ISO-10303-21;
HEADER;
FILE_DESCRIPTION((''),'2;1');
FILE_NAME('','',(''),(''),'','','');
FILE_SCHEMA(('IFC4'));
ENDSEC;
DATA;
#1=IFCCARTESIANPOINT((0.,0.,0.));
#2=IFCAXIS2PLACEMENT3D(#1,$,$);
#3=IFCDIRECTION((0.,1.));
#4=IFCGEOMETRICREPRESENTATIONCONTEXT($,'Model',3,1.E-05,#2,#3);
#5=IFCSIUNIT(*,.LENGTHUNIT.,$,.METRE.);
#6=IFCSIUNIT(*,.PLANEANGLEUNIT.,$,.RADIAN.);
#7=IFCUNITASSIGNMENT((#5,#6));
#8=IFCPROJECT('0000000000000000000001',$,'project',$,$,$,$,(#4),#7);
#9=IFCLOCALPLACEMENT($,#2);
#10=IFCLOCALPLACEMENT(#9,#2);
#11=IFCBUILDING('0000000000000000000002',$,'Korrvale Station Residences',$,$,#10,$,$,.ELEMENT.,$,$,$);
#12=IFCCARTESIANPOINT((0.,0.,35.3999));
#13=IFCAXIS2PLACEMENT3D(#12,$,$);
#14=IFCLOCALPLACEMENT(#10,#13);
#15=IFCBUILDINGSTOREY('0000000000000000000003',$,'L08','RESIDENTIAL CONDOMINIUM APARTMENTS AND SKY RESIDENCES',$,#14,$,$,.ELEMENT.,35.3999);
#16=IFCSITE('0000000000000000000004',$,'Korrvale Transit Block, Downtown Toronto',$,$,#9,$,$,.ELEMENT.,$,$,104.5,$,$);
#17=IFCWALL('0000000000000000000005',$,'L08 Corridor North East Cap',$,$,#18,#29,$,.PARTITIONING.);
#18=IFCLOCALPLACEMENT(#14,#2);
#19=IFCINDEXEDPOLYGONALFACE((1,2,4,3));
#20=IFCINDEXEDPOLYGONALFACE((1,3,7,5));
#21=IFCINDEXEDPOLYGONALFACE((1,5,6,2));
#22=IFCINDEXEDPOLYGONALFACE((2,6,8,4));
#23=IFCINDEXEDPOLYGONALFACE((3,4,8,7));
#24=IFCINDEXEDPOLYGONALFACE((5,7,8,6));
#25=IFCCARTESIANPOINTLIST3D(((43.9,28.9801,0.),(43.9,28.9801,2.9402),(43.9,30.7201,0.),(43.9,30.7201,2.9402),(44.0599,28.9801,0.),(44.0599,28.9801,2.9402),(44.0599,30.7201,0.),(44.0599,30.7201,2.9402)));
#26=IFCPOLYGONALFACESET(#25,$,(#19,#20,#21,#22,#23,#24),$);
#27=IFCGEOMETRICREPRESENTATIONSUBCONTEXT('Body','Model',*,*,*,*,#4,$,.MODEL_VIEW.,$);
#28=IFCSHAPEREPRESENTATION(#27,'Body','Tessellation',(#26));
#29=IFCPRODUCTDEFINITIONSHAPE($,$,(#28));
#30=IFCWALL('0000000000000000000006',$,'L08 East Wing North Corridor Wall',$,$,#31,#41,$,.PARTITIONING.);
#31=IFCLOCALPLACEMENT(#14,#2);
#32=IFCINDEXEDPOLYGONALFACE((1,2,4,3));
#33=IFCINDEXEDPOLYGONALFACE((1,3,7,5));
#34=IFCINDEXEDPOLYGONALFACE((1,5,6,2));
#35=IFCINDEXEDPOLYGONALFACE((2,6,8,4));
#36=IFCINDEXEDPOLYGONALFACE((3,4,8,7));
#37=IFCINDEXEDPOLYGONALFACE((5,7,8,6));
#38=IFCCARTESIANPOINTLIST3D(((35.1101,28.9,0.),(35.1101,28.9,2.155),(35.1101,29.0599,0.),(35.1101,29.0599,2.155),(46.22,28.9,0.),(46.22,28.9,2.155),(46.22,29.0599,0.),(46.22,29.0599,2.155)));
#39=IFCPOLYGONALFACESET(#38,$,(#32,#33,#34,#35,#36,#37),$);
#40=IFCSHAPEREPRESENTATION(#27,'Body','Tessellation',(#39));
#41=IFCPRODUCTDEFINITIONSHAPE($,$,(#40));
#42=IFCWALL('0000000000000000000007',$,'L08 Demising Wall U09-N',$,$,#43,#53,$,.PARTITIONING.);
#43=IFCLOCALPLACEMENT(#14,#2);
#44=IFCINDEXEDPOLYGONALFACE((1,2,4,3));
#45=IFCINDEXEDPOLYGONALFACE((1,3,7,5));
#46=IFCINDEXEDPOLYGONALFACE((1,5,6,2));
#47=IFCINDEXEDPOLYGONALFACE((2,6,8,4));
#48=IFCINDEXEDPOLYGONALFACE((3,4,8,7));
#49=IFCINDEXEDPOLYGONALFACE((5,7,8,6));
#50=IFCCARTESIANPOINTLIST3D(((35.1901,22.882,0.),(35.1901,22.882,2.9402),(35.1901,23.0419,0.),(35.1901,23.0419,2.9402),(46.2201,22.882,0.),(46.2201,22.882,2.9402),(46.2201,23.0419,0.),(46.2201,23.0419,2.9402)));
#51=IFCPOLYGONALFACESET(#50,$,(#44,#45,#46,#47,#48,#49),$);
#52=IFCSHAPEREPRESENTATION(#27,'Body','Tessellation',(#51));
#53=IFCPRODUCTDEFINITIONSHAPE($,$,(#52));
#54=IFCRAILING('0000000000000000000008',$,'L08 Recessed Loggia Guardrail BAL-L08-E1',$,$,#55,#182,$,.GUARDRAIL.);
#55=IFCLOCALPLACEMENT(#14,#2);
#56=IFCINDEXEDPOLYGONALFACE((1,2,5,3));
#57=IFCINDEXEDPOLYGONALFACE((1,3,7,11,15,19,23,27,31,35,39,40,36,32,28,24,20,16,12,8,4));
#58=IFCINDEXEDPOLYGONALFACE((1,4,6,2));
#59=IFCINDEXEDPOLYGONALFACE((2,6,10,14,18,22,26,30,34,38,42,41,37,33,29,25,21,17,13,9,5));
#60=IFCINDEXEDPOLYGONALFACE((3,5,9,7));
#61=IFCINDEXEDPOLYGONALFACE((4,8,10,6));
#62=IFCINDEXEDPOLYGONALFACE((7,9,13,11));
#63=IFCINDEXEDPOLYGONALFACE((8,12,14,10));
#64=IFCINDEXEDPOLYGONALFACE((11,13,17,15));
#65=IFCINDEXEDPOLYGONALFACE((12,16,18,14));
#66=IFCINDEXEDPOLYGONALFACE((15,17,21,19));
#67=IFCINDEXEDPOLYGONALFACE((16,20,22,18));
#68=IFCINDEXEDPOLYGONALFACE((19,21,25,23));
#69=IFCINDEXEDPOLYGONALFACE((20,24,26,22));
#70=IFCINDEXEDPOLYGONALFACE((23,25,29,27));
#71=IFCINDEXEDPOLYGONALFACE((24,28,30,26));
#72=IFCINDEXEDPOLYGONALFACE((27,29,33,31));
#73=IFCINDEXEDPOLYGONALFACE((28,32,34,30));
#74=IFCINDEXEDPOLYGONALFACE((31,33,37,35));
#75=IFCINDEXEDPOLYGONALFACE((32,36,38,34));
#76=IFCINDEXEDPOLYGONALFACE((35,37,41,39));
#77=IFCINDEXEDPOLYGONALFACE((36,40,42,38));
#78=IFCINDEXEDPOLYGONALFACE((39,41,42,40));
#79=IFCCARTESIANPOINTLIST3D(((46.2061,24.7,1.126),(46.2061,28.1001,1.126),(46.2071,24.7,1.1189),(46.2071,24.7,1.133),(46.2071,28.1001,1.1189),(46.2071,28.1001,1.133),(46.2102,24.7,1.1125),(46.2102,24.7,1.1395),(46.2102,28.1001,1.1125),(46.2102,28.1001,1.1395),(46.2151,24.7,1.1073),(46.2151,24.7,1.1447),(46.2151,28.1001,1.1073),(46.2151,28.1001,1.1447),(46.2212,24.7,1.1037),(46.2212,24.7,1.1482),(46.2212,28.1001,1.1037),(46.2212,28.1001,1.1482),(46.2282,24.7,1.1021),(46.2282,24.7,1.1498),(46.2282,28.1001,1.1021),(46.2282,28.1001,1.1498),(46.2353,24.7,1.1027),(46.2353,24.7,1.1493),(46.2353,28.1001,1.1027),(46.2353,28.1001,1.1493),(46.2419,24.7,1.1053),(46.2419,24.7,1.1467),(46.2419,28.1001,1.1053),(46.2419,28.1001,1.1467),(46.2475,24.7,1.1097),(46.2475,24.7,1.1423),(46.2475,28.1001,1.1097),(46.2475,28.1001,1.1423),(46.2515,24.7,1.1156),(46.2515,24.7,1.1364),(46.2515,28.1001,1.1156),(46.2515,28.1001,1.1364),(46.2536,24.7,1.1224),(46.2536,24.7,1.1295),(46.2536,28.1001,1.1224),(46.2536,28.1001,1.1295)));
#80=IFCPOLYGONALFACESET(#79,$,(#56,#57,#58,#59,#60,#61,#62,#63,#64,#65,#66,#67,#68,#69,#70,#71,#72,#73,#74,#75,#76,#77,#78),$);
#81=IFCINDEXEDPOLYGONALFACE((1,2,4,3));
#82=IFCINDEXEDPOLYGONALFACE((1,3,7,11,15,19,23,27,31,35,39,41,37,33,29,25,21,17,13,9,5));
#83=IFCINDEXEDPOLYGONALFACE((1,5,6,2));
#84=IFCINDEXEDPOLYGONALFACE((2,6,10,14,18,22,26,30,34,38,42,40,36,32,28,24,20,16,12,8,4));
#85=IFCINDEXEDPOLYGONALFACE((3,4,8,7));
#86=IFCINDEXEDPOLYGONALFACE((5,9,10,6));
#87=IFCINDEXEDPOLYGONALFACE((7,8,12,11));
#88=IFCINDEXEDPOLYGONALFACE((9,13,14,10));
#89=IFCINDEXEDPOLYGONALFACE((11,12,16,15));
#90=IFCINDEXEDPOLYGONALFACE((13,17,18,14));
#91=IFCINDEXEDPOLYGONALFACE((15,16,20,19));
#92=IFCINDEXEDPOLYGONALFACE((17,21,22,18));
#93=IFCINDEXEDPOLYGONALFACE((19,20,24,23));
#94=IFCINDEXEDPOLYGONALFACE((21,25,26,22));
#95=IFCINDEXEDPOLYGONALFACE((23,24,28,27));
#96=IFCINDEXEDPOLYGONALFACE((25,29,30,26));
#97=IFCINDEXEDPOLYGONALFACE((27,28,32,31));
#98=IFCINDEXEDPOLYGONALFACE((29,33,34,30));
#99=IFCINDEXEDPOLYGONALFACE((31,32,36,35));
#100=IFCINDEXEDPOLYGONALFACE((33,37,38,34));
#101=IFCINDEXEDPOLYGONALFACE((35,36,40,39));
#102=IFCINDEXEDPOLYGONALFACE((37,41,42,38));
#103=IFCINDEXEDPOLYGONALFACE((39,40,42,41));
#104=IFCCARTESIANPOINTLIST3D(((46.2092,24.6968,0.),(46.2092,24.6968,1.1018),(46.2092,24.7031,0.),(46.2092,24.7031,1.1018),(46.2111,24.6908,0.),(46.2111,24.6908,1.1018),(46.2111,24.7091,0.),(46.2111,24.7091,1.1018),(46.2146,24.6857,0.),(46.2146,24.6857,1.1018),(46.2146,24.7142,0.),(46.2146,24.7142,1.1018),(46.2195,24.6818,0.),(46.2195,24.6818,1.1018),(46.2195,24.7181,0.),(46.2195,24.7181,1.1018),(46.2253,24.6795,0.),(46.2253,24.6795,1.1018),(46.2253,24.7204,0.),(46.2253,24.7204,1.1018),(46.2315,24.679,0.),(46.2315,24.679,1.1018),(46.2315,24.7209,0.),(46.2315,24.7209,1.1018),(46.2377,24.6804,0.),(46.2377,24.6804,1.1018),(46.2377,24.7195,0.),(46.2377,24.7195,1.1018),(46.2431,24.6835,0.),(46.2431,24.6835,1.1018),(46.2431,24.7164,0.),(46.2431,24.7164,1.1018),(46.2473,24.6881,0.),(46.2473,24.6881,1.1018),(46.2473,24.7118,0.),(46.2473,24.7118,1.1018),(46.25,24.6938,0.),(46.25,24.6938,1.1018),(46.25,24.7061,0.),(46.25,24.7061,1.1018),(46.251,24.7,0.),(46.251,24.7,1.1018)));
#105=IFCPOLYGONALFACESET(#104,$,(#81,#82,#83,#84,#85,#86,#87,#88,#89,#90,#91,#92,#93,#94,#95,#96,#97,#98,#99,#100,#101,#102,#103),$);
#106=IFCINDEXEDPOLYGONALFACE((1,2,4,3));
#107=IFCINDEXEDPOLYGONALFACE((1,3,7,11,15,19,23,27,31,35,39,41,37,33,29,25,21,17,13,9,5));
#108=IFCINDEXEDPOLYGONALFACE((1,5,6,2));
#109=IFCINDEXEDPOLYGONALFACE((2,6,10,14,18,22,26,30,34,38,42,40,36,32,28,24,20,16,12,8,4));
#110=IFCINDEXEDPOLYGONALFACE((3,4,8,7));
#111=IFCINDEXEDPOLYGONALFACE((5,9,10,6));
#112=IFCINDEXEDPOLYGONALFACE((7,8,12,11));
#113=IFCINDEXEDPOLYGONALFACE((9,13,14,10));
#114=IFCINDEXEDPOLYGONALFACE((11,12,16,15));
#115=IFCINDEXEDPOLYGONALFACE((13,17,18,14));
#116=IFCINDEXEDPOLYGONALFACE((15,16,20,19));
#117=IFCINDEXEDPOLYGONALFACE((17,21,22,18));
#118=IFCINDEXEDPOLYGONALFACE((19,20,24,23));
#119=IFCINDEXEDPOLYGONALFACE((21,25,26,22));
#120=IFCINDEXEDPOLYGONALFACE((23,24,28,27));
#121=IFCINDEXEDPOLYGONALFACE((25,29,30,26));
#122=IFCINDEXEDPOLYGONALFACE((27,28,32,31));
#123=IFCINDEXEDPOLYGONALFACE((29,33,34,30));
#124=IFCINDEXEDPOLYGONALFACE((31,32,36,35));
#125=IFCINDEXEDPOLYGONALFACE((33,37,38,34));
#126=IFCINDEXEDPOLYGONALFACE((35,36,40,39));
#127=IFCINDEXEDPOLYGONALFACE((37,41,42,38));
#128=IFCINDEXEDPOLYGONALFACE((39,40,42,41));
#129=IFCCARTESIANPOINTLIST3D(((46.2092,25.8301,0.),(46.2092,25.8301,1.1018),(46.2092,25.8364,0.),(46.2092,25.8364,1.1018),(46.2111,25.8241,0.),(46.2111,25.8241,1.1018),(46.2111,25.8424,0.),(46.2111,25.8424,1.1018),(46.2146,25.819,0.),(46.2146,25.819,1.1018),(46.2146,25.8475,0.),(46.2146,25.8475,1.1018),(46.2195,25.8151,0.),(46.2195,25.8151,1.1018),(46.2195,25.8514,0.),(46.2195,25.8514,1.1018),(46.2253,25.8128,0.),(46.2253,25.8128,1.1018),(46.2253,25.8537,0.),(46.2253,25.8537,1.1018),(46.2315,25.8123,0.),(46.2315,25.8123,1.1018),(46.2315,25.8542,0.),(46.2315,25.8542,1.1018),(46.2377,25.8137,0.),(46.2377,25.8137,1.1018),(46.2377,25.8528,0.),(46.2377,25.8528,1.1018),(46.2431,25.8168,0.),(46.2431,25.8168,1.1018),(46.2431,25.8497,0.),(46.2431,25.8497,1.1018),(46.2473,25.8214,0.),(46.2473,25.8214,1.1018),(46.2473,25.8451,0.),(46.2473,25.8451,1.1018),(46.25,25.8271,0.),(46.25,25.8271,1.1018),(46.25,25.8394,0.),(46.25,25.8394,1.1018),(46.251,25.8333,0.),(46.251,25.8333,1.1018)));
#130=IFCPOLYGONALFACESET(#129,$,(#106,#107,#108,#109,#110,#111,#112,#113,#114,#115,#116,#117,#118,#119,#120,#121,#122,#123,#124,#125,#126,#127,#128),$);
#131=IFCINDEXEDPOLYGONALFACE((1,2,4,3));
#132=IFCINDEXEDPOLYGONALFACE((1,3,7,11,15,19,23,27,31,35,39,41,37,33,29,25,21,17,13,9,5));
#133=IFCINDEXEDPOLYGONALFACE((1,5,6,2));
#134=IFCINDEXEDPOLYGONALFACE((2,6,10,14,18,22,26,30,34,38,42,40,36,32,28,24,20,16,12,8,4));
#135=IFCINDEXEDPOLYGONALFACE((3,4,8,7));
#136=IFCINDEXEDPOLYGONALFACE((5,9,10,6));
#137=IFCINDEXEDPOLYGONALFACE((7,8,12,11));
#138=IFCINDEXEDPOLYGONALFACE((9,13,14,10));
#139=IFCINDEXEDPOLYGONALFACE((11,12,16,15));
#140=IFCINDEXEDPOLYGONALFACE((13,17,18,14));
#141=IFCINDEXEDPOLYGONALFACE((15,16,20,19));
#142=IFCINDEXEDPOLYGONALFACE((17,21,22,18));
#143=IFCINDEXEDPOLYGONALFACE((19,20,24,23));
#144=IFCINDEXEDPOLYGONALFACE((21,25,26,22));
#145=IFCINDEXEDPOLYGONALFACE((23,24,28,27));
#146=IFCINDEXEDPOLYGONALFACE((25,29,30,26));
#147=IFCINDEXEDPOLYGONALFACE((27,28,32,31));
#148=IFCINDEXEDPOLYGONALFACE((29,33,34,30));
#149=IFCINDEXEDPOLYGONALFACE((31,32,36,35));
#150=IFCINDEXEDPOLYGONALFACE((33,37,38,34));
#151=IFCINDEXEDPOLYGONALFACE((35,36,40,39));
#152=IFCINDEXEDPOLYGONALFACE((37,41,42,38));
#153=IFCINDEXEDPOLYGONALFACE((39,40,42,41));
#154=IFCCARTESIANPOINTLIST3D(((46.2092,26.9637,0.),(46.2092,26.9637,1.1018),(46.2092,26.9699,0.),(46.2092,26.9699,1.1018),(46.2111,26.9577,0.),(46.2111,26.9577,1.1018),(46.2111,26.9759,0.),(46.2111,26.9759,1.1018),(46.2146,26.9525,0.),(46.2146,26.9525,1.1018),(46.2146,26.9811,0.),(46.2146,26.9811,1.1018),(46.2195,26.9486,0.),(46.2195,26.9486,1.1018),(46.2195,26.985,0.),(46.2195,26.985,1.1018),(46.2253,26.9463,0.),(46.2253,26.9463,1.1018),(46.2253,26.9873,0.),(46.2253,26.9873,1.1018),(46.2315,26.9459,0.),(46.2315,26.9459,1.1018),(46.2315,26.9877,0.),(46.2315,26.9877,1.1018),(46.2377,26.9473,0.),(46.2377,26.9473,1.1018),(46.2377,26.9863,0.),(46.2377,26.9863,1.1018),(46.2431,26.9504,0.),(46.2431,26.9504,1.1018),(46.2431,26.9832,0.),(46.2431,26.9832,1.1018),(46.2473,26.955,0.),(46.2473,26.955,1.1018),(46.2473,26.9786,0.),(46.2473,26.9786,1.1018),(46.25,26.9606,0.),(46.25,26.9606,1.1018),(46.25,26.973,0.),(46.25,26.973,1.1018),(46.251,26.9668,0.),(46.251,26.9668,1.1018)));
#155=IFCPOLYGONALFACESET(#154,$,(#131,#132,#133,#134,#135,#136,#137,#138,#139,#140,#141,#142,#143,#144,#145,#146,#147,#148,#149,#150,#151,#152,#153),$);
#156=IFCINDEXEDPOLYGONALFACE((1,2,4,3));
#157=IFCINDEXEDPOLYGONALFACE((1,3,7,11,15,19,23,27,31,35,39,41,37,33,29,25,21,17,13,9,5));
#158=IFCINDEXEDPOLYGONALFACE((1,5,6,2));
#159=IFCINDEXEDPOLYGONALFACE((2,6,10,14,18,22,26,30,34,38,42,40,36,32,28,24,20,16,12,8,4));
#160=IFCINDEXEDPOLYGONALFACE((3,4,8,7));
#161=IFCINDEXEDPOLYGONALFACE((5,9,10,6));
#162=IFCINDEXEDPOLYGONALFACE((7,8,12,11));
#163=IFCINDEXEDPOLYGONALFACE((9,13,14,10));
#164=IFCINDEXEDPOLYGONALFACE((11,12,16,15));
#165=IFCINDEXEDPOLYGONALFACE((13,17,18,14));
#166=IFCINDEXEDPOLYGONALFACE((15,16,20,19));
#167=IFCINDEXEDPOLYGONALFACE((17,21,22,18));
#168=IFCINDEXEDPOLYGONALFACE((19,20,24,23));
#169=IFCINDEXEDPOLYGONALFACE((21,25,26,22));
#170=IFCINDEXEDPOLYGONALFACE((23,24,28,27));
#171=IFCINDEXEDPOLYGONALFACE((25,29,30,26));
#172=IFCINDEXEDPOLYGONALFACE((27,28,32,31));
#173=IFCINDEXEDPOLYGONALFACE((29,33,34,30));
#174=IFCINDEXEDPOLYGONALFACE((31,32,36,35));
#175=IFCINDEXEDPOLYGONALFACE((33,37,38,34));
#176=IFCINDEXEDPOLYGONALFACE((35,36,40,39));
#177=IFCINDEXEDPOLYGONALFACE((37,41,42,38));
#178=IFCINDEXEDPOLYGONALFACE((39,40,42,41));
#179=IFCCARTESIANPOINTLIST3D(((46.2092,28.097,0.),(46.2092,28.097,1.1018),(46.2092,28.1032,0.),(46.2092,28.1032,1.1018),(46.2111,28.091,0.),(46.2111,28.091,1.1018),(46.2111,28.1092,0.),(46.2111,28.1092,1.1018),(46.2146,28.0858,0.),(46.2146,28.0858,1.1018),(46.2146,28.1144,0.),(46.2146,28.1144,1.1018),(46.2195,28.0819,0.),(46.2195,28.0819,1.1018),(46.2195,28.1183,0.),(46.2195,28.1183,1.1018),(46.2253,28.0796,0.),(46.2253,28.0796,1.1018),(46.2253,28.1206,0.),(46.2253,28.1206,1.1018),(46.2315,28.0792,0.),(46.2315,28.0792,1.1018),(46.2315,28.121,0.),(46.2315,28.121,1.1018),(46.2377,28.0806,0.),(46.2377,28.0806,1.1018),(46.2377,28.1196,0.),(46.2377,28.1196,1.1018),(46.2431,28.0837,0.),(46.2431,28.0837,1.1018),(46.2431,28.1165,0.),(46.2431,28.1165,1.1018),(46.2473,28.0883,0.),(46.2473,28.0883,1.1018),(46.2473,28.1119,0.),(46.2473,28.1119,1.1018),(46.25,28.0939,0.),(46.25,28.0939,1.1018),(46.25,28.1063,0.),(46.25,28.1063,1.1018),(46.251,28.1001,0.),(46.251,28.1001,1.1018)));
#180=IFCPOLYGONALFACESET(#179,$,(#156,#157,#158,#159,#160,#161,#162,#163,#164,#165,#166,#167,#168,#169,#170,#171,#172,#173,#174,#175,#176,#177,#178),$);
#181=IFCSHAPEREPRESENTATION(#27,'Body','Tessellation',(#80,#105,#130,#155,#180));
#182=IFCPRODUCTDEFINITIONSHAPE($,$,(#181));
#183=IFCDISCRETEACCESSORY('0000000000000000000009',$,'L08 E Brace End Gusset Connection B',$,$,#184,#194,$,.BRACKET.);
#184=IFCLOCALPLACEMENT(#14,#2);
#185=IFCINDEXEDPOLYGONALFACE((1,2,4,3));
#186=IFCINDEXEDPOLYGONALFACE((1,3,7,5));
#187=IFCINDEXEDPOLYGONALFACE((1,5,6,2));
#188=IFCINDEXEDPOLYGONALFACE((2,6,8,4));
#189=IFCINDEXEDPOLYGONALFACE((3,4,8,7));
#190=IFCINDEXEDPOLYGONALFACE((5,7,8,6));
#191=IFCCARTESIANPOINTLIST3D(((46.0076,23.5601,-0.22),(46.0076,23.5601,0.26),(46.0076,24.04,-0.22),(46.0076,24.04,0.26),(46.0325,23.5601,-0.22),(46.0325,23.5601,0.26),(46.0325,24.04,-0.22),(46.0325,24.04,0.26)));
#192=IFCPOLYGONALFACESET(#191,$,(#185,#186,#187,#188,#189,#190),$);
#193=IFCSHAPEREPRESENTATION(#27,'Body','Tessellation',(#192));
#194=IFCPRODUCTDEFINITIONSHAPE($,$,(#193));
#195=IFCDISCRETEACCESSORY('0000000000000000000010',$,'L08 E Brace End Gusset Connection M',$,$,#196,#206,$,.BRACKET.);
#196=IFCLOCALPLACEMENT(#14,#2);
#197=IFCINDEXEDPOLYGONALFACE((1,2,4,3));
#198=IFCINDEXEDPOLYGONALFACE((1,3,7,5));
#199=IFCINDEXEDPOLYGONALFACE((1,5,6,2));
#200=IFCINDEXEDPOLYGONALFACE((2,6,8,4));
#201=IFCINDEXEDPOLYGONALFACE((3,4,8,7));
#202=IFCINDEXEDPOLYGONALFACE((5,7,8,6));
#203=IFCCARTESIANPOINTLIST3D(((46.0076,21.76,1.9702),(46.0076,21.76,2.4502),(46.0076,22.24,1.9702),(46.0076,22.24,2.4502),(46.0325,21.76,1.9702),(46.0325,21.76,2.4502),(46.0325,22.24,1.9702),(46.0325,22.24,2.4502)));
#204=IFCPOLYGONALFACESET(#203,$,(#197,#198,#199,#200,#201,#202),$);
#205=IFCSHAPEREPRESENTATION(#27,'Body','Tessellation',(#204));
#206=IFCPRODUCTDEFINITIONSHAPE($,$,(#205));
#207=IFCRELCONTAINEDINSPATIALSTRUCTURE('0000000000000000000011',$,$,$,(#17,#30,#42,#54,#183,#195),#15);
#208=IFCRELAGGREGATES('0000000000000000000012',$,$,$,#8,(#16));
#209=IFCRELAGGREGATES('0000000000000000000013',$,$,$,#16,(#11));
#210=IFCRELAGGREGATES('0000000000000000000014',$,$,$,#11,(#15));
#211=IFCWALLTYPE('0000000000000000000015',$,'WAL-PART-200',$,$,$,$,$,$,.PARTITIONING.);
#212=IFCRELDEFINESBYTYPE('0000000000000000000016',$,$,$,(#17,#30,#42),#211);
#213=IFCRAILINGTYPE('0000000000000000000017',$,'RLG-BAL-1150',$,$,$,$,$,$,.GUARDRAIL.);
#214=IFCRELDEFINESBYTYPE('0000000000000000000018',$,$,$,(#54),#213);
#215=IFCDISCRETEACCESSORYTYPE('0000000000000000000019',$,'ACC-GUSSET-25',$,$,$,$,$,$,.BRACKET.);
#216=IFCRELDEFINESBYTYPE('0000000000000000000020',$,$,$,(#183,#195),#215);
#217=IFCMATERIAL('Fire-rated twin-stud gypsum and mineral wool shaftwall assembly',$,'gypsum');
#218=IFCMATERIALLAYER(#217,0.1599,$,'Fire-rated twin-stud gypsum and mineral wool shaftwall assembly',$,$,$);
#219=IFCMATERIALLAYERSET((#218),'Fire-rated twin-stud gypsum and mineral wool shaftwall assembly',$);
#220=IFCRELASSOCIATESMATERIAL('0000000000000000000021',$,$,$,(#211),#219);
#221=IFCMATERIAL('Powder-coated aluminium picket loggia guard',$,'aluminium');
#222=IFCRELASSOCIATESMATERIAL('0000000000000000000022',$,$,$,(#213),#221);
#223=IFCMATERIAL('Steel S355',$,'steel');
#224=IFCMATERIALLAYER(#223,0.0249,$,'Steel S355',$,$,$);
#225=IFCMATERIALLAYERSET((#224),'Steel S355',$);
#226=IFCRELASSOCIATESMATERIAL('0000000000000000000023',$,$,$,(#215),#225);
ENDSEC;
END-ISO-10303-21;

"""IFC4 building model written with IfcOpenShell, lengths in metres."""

from ifc_helpers import new_model, si_unit, direction, frame, frame_2d, origin, origin_2d, place, context, subcontext, project, spatial, rectangle, circle, extrude, material, layer, layer_set, type_object, element, save


model = new_model("IFC4")

# Units and contexts
model_context = context("Model", 3, precision=1e-05, world=origin(), true_north=direction((0.0, 1.0)))
body_context = subcontext(model_context, "Body", "Model", "MODEL_VIEW")
ifc_project = project(units=[si_unit("LENGTHUNIT", "METRE"), si_unit("PLANEANGLEUNIT", "RADIAN")], contexts=[model_context])

# Site, building, storey
site_placement = place(None, origin())
site = spatial("IfcSite", under=ifc_project, at=site_placement, Name="Korrvale Transit Block, Downtown Toronto", CompositionType="ELEMENT", RefElevation=104.5)
building_placement = place(site_placement, origin())
building = spatial("IfcBuilding", under=site, at=building_placement, Name="Korrvale Station Residences", CompositionType="ELEMENT")
storey_placement = place(building_placement, frame((0.0, 0.0, 35.3999)))
storey = spatial("IfcBuildingStorey", under=building, at=storey_placement, Name="L08", Description="RESIDENTIAL CONDOMINIUM APARTMENTS AND SKY RESIDENCES", CompositionType="ELEMENT", Elevation=35.3999)

# Shared definitions
ifc_material_1 = material(Name="Steel S355", Category="steel")

# Walls
ifc_material_2 = material(Name="Fire-rated twin-stud gypsum and mineral wool shaftwall assembly", Category="gypsum")
ifc_layer_1 = layer(ifc_material_2, 0.1599, Name="Fire-rated twin-stud gypsum and mineral wool shaftwall assembly")
ifc_layer_set_1 = layer_set([ifc_layer_1], Name="Fire-rated twin-stud gypsum and mineral wool shaftwall assembly")
wall_type_1 = type_object("IfcWallType", Name="WAL-PART-200", PredefinedType="PARTITIONING", material=ifc_layer_set_1)
wall_1_placement = place(storey_placement, frame((43.98, 28.98, 0.0), z_axis=(0.0, 0.0, 1.0), x_axis=(0.0, 1.0, 0.0)))
element("IfcWall", 1, at=wall_1_placement, inside=storey, type_object=wall_type_1, Name="L08 Corridor North East Cap", PredefinedType="PARTITIONING", context=body_context, shape_type="SweptSolid", body=[
    extrude(rectangle(XDim=1.74, YDim=0.1599, at=frame_2d((0.8701, 0.0))), origin(), (0.0, 0.0, 1.0), 2.9402),
])
wall_2_placement = place(storey_placement, frame((35.1101, 28.98, 0.0), z_axis=(0.0, 0.0, 1.0), x_axis=(1.0, 0.0, 0.0)))
element("IfcWall", 2, at=wall_2_placement, inside=storey, type_object=wall_type_1, Name="L08 East Wing North Corridor Wall", PredefinedType="PARTITIONING", context=body_context, shape_type="SweptSolid", body=[
    extrude(rectangle(XDim=11.1099, YDim=0.1599, at=frame_2d((5.5549, 0.0))), origin(), (0.0, 0.0, 1.0), 2.155),
])
wall_3_placement = place(storey_placement, frame((35.1899, 22.9619, 0.0), z_axis=(0.0, 0.0, 1.0), x_axis=(1.0, 0.0, 0.0)))
element("IfcWall", 3, at=wall_3_placement, inside=storey, type_object=wall_type_1, Name="L08 Demising Wall U09-N", PredefinedType="PARTITIONING", context=body_context, shape_type="SweptSolid", body=[
    extrude(rectangle(XDim=11.03, YDim=0.1599, at=frame_2d((5.5151, 0.0))), origin(), (0.0, 0.0, 1.0), 2.9402),
])

# Railing
ifc_material_3 = material(Name="Powder-coated aluminium picket loggia guard", Category="aluminium")
railing_type = type_object("IfcRailingType", Name="RLG-BAL-1150", PredefinedType="GUARDRAIL", material=ifc_material_3)
railing_placement = place(storey_placement, frame((46.23, 24.7, 0.0)))
element("IfcRailing", 4, at=railing_placement, inside=storey, type_object=railing_type, Name="L08 Recessed Loggia Guardrail BAL-L08-E1", PredefinedType="GUARDRAIL", context=body_context, shape_type="SweptSolid", body=[
    extrude(circle(Radius=0.0239, at=origin_2d()), frame((0.0, 0.0, 1.126), z_axis=(0.0, 1.0, 0.0), x_axis=(-1.0, 0.0, 0.0)), (0.0, 0.0, 1.0), 3.4001),
    extrude(circle(Radius=0.021, at=origin_2d()), origin(), (0.0, 0.0, 1.0), 1.1018),
    extrude(circle(Radius=0.021, at=origin_2d()), frame((0.0, 1.1333, 0.0)), (0.0, 0.0, 1.0), 1.1018),
    extrude(circle(Radius=0.021, at=origin_2d()), frame((0.0, 2.2668, 0.0)), (0.0, 0.0, 1.0), 1.1018),
    extrude(circle(Radius=0.021, at=origin_2d()), frame((0.0, 3.4001, 0.0)), (0.0, 0.0, 1.0), 1.1018),
])

# Discrete accessories
ifc_layer_2 = layer(ifc_material_1, 0.0249, Name="Steel S355")
ifc_layer_set_2 = layer_set([ifc_layer_2], Name="Steel S355")
discrete_accessory_type = type_object("IfcDiscreteAccessoryType", Name="ACC-GUSSET-25", PredefinedType="BRACKET", material=ifc_layer_set_2)
for number, where, z_axis, x_axis, name in (
    (5, (46.02, 23.8, -0.22), (0.0, 0.0, 1.0), (0.0, 1.0, 0.0), "L08 E Brace End Gusset Connection B"),
    (6, (46.02, 22.0, 1.9702), (0.0, 0.0, 1.0), (0.0, 1.0, 0.0), "L08 E Brace End Gusset Connection M"),
):
    element("IfcDiscreteAccessory", number, at=place(storey_placement, frame(where, z_axis=z_axis, x_axis=x_axis)), inside=storey, type_object=discrete_accessory_type, Name=name, PredefinedType="BRACKET", context=body_context, shape_type="SweptSolid", body=[
        extrude(rectangle(XDim=0.48, YDim=0.0249, at=origin_2d()), origin(), (0.0, 0.0, 1.0), 0.48),
    ])

save(model, "model.ifc")
